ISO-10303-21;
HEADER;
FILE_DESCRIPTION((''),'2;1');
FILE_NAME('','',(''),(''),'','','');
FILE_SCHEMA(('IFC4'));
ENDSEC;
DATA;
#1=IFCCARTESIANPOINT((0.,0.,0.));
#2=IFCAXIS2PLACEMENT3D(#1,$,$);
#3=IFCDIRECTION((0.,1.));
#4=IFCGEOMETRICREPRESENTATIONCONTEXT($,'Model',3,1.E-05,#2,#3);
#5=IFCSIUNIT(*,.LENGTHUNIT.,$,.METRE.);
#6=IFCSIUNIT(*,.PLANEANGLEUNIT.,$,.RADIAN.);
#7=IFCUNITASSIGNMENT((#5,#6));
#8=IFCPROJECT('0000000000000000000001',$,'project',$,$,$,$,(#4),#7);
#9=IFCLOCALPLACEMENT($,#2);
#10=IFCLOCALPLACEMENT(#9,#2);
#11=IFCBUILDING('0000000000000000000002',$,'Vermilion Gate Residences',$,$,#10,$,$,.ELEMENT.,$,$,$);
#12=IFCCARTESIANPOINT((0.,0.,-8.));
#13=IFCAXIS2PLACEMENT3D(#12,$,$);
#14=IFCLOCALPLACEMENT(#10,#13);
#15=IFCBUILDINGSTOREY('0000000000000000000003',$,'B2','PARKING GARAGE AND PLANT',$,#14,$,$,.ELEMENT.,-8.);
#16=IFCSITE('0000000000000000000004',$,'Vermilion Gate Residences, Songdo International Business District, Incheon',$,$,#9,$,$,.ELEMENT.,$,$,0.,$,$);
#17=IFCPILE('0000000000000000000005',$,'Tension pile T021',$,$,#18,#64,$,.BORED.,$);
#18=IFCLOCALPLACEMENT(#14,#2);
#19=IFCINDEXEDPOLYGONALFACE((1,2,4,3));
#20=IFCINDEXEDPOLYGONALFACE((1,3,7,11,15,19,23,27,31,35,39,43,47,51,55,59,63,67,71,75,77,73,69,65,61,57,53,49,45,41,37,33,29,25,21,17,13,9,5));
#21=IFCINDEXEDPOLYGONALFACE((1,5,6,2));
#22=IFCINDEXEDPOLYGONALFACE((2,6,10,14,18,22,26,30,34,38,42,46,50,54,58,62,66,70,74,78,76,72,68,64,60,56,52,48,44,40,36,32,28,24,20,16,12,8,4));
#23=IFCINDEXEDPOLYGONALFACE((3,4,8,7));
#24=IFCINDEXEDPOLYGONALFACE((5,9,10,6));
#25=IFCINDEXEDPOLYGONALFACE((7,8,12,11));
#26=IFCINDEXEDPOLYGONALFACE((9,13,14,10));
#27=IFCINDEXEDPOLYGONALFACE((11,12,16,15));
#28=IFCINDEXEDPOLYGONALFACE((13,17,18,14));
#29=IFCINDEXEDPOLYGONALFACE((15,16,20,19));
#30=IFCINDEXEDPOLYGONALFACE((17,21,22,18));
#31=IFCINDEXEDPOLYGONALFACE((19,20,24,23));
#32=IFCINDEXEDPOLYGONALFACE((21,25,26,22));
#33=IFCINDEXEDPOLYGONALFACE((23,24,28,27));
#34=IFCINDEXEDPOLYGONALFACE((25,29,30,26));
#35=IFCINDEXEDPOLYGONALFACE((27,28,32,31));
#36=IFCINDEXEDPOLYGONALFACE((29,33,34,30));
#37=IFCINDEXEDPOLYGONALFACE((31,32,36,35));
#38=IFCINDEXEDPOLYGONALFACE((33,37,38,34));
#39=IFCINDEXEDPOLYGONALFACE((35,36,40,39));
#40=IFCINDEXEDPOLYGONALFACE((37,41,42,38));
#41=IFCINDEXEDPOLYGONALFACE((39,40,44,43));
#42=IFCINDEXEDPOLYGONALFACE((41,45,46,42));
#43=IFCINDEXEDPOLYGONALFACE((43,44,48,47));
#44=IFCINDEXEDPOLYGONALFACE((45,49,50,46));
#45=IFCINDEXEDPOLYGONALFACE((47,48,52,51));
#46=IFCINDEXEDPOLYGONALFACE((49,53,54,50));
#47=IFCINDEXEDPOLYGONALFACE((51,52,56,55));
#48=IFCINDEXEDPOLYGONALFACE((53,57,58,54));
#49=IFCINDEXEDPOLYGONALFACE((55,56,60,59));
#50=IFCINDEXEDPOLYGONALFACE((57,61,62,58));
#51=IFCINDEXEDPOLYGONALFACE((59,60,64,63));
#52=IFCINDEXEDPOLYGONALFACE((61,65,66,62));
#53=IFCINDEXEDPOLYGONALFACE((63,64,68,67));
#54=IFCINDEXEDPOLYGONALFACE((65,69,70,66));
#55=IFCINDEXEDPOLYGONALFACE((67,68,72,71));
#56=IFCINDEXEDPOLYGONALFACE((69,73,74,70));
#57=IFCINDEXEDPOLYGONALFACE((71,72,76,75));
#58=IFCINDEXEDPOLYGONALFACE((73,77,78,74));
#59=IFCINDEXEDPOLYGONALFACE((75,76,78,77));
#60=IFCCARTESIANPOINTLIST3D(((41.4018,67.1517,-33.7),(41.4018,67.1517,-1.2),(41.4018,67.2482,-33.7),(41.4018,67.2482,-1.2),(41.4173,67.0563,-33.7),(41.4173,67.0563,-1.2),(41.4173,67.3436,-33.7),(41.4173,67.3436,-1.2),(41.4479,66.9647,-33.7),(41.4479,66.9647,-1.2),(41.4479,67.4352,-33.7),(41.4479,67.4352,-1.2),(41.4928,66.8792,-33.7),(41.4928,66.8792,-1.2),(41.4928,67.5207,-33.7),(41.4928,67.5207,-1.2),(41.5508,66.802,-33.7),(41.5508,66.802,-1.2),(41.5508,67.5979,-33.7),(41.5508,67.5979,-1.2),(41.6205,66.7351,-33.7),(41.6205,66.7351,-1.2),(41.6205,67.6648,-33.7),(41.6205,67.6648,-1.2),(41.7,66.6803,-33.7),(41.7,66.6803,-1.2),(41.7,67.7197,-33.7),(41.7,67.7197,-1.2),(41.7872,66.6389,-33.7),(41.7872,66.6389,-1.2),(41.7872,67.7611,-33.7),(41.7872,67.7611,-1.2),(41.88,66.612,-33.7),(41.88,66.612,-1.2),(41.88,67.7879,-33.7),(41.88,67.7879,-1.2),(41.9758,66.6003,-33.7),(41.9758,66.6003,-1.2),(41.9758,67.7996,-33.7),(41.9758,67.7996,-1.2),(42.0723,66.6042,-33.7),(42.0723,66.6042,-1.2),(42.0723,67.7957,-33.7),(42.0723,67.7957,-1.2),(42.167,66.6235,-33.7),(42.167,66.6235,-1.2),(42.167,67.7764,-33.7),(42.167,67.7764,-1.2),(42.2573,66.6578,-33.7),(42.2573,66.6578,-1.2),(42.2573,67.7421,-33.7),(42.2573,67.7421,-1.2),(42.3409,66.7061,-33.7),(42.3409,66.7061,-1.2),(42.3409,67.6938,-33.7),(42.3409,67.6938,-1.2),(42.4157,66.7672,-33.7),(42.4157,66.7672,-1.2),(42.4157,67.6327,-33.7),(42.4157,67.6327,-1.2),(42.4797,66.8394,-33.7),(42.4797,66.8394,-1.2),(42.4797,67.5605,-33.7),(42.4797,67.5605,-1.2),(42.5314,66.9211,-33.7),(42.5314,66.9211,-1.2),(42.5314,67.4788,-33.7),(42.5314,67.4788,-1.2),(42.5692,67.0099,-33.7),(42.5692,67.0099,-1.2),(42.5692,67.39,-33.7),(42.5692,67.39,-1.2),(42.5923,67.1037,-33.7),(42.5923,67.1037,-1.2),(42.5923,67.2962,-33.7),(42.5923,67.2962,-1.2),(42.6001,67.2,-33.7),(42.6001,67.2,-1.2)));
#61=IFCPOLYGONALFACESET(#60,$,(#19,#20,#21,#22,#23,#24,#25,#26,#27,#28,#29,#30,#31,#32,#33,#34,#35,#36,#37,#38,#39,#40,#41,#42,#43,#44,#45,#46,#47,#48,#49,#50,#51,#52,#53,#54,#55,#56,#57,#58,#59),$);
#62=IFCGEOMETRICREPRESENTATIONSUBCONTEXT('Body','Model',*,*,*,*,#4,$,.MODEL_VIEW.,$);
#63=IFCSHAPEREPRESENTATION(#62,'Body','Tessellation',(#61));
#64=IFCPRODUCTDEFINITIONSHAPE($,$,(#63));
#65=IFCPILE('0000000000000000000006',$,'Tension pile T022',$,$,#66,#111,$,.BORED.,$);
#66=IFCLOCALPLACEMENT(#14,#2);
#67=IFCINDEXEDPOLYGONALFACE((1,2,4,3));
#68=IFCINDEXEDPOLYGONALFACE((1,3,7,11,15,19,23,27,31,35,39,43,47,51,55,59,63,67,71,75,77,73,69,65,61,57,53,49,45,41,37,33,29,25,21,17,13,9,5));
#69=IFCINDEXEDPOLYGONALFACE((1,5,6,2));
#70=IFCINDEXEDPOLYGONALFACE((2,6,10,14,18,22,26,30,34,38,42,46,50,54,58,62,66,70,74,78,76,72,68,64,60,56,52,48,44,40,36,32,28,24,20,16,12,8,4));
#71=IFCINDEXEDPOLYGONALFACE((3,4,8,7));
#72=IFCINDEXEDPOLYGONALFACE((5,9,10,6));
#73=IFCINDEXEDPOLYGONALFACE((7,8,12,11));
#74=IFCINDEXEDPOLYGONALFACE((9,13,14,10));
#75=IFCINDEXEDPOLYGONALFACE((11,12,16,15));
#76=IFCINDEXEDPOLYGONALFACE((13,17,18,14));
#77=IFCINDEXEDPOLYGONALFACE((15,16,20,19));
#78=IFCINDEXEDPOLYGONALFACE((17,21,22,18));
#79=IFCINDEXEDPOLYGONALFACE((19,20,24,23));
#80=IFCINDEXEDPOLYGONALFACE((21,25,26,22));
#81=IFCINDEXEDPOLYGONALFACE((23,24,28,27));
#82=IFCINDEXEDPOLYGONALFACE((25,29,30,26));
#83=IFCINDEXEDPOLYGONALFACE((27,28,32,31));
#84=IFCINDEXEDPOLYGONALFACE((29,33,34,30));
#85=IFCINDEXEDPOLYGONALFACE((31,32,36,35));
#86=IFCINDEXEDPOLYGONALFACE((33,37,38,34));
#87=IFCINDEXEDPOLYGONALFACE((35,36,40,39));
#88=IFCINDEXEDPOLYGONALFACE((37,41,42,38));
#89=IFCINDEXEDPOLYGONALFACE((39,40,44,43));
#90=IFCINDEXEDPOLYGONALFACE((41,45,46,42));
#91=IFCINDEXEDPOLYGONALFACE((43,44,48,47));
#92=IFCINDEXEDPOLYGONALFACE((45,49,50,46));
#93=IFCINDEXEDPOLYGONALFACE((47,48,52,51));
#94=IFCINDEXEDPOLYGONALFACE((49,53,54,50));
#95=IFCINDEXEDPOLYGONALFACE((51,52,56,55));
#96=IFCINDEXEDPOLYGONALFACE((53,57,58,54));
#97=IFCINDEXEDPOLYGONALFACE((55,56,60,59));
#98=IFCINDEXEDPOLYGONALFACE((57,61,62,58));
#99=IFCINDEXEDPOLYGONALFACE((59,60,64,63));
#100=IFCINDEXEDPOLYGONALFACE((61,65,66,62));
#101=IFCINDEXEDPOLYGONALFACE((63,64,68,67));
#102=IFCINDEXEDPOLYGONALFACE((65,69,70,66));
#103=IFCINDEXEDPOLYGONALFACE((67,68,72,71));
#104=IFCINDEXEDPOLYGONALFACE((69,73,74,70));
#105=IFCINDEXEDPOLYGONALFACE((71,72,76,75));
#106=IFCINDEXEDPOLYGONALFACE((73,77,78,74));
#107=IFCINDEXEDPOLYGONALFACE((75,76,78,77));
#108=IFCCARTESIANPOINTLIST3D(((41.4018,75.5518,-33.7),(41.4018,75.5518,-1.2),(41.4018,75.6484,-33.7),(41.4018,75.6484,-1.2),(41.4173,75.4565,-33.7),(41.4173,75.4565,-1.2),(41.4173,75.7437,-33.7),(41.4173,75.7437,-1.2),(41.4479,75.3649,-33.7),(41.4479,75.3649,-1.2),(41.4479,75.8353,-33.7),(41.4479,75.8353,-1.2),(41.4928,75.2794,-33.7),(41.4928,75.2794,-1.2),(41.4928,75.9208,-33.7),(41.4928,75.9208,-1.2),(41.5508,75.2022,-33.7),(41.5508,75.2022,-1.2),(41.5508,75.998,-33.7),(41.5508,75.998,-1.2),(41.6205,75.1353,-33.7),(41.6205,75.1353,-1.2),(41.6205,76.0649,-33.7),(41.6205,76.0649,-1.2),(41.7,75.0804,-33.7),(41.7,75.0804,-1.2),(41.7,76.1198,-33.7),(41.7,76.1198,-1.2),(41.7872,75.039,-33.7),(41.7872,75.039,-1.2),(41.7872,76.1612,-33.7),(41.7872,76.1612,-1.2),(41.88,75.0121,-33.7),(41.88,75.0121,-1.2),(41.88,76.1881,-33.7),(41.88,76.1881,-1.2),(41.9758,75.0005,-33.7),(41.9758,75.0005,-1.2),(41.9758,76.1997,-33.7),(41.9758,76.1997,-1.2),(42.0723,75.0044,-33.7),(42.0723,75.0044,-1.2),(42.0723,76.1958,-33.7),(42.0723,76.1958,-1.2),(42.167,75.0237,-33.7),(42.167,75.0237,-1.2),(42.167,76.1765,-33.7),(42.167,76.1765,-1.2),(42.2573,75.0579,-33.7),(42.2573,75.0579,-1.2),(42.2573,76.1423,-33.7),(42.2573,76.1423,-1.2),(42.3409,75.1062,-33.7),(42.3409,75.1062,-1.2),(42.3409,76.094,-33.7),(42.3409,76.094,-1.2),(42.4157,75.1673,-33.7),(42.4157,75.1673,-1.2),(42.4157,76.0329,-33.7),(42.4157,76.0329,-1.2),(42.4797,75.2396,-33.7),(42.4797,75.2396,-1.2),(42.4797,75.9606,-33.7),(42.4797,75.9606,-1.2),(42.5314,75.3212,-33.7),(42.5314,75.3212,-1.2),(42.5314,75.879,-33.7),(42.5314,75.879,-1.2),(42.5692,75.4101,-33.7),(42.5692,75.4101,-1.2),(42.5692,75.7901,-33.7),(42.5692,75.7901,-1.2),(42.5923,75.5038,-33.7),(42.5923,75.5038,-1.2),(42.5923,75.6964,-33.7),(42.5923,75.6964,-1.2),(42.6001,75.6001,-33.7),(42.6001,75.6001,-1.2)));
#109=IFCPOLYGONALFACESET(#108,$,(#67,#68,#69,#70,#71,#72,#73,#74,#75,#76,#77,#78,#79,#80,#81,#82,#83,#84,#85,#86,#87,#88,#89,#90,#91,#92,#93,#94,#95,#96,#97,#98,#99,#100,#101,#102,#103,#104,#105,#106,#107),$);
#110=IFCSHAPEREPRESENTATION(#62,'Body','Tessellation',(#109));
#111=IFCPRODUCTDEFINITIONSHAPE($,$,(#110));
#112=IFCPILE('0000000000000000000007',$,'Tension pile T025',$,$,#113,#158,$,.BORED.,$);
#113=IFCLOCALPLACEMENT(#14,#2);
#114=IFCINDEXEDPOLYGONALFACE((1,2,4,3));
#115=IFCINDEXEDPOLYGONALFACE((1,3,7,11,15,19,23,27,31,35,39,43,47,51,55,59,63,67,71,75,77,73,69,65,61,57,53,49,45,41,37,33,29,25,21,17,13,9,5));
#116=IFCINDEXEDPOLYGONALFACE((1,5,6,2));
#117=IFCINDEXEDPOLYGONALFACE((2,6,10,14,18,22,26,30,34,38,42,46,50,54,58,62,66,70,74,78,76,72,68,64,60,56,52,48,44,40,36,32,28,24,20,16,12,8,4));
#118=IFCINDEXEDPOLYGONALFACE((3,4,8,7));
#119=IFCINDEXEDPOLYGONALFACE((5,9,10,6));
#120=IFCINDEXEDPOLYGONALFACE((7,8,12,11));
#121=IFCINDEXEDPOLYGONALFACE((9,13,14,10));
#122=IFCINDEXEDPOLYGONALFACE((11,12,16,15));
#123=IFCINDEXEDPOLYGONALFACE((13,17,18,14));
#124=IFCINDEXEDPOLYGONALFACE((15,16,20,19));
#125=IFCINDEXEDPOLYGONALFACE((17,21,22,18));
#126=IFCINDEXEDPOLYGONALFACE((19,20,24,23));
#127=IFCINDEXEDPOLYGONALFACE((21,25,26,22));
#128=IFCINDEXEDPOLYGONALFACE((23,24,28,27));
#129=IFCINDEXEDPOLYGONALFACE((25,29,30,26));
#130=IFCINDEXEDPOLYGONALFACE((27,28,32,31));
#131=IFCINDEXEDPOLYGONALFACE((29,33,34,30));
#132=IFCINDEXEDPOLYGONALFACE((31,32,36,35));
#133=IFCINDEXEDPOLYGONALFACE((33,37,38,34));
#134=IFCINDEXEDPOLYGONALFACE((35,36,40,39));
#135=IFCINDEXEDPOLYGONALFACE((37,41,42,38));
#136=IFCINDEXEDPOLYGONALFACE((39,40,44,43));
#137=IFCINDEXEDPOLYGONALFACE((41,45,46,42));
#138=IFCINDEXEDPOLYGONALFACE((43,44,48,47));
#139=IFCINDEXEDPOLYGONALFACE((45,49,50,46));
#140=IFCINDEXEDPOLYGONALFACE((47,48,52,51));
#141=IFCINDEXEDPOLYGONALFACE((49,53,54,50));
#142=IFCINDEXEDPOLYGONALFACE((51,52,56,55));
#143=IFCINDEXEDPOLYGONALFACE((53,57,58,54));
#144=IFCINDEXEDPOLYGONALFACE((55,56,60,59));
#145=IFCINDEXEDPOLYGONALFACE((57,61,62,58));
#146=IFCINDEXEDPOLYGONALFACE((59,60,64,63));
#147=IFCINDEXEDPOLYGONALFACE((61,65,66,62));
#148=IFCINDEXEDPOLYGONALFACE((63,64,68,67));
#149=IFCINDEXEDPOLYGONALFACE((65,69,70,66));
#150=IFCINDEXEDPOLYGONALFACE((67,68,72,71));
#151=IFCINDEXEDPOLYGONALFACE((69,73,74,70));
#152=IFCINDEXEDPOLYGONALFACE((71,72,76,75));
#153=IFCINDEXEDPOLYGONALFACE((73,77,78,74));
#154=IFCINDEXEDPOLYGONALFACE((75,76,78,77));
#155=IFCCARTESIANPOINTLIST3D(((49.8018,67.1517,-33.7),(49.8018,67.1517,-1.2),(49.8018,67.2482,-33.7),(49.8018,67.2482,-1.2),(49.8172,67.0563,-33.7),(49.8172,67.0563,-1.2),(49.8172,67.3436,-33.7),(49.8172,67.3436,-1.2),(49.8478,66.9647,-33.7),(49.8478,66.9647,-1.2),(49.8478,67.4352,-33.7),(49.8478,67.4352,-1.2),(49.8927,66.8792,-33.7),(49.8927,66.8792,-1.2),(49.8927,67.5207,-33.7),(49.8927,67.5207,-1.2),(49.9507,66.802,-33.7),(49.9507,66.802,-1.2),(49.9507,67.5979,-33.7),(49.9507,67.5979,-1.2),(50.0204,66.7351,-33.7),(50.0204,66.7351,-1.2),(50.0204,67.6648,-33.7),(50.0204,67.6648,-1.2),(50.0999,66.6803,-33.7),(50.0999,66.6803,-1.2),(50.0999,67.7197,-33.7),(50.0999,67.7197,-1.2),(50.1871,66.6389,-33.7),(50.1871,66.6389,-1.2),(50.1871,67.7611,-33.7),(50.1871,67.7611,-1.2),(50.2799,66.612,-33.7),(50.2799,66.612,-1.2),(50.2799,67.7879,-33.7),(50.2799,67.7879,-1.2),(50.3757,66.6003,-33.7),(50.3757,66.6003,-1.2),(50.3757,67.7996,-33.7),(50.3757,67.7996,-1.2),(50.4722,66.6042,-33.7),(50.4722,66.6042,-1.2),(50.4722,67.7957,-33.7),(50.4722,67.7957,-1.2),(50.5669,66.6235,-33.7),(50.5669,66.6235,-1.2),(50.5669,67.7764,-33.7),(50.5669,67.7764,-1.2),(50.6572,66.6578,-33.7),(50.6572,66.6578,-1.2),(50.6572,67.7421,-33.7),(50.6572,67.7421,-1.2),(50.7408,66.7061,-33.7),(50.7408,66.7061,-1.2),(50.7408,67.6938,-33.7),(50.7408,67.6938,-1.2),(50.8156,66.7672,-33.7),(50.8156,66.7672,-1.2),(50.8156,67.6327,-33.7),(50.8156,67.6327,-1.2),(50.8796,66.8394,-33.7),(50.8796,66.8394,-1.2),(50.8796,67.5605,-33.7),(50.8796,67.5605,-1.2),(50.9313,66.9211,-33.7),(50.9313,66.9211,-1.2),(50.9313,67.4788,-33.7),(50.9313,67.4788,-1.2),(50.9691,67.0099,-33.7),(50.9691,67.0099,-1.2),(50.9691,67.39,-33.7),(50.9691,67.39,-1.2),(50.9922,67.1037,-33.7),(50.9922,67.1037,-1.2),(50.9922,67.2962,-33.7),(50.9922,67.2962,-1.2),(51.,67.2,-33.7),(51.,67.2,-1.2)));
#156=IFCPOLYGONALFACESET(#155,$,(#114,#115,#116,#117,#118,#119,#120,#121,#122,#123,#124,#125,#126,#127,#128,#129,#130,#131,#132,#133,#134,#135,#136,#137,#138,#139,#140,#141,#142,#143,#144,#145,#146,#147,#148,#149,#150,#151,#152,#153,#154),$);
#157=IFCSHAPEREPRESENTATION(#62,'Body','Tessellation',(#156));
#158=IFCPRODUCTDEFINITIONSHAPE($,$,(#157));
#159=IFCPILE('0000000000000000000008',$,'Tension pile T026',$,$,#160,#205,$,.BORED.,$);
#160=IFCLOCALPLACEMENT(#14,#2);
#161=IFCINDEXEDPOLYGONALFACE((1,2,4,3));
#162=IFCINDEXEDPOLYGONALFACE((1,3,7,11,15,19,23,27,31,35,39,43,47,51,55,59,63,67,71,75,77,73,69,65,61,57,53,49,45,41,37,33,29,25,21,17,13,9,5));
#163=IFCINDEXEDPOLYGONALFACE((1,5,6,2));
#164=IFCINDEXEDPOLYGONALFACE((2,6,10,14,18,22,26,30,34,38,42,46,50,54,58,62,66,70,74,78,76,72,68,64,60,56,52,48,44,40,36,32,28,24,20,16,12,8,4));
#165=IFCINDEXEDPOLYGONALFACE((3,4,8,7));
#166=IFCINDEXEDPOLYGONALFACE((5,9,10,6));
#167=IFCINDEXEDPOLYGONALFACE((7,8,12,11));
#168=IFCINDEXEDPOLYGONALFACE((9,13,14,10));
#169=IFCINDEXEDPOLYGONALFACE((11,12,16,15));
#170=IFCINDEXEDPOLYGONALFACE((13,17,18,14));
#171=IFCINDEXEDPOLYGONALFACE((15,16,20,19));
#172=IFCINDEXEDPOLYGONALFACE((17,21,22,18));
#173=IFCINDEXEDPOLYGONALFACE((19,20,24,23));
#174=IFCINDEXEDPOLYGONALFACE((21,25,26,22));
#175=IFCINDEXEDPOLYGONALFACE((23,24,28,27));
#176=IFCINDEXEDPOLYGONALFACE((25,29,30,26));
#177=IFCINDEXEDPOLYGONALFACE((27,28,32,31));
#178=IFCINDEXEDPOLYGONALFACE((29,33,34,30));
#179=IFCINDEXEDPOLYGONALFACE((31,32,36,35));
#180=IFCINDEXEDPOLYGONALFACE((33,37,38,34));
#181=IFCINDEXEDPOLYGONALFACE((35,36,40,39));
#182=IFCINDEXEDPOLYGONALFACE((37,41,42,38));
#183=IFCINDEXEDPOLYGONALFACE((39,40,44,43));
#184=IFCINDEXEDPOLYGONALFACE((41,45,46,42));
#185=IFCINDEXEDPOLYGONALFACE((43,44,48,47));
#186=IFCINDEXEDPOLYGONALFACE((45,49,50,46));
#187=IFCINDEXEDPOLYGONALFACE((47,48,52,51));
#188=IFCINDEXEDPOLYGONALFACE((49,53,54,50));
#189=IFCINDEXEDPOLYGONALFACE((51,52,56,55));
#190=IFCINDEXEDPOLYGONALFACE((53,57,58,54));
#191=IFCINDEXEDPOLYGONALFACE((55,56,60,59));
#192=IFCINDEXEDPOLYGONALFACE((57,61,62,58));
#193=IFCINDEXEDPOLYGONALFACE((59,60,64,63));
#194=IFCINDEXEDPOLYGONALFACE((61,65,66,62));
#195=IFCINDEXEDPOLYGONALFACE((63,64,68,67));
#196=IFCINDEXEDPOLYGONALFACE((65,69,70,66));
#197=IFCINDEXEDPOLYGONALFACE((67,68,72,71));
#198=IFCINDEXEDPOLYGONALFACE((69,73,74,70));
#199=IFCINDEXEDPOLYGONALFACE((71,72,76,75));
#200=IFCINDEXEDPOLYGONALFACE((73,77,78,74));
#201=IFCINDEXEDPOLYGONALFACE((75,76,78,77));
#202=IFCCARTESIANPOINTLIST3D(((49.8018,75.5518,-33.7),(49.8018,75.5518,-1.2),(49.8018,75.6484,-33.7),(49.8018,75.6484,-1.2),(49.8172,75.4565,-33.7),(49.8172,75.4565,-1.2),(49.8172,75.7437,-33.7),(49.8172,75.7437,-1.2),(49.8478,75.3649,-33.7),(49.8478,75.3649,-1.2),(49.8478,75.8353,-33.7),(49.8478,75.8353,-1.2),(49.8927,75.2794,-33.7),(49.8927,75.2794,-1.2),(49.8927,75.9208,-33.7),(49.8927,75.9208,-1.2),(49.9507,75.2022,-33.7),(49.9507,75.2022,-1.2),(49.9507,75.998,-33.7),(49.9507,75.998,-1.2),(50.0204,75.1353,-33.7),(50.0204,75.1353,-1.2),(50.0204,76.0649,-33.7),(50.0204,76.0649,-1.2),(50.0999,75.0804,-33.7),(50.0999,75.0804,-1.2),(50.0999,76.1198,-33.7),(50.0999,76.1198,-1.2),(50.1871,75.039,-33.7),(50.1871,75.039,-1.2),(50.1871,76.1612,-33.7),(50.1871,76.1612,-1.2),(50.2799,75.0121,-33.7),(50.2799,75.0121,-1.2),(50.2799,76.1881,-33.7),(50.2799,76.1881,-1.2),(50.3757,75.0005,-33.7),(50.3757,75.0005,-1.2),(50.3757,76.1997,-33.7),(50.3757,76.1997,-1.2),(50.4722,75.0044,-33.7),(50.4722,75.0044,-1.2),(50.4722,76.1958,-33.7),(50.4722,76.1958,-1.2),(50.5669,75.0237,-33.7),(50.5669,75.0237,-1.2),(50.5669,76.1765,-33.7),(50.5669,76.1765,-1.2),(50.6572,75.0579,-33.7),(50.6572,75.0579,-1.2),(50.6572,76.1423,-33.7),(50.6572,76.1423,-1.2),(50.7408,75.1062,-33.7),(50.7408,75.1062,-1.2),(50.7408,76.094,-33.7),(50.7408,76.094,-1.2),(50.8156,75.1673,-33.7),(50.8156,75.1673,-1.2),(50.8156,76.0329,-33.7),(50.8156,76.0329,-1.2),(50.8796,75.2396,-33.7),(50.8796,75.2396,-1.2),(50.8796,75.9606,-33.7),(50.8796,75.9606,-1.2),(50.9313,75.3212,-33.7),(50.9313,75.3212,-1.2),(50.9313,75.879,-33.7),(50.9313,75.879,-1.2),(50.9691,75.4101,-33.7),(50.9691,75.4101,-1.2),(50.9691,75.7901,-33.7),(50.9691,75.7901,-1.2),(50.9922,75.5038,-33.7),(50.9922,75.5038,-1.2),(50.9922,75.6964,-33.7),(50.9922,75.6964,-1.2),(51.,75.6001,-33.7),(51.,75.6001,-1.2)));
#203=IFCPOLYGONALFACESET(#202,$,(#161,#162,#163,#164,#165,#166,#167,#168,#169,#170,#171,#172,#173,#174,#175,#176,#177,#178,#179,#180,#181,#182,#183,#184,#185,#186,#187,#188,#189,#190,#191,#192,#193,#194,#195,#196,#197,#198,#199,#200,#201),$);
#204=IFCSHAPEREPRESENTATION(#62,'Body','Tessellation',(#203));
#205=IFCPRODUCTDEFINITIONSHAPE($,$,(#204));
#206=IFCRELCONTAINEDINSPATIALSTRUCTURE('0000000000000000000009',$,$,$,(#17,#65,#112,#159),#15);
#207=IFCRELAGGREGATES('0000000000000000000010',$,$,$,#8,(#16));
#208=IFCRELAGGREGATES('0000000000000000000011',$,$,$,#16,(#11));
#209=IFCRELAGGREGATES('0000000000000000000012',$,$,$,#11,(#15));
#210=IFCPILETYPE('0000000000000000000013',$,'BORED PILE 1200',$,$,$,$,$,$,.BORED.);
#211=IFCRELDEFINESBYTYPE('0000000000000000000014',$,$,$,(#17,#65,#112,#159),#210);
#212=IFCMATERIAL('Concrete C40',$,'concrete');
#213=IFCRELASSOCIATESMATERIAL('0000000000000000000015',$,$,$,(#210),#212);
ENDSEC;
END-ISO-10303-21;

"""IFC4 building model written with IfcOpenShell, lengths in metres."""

from ifc_helpers import new_model, si_unit, direction, frame, origin, origin_2d, place, context, subcontext, project, spatial, circle, extrude, material, material_profile, profile_set, type_object, element, save


model = new_model("IFC4")

# Units and contexts
model_context = context("Model", 3, precision=1e-05, world=origin(), true_north=direction((0.0, 1.0)))
body_context = subcontext(model_context, "Body", "Model", "MODEL_VIEW")
ifc_project = project(units=[si_unit("LENGTHUNIT", "METRE"), si_unit("PLANEANGLEUNIT", "RADIAN")], contexts=[model_context])

# Site, building, storey
site_placement = place(None, origin())
site = spatial("IfcSite", under=ifc_project, at=site_placement, Name="Vermilion Gate Residences, Songdo International Business District, Incheon", CompositionType="ELEMENT", RefElevation=0.0)
building_placement = place(site_placement, origin())
building = spatial("IfcBuilding", under=site, at=building_placement, Name="Vermilion Gate Residences", CompositionType="ELEMENT")
storey_placement = place(building_placement, frame((0.0, 0.0, -8.0)))
storey = spatial("IfcBuildingStorey", under=building, at=storey_placement, Name="B2", Description="PARKING GARAGE AND PLANT", CompositionType="ELEMENT", Elevation=-8.0)

# Piles
ifc_material_1 = material(Name="Concrete C40", Category="concrete")
ifc_material_profile_1 = material_profile(ifc_material_1, circle(Radius=0.6001, at=origin_2d()), Name="BORED PILE 1200")
ifc_profile_set_1 = profile_set([ifc_material_profile_1], Name="Concrete C40")
pile_type = type_object("IfcPileType", Name="BORED PILE 1200", PredefinedType="BORED", material=ifc_profile_set_1)
for number, where, z_axis, x_axis, name in (
    (1, (42.0, 67.2, -1.2), (0.0, 0.0, -1.0), (1.0, 0.0, 0.0), "Tension pile T021"),
    (2, (42.0, 75.6001, -1.2), (0.0, 0.0, -1.0), (1.0, 0.0, 0.0), "Tension pile T022"),
    (3, (50.3999, 67.2, -1.2), (0.0, 0.0, -1.0), (1.0, 0.0, 0.0), "Tension pile T025"),
    (4, (50.3999, 75.6001, -1.2), (0.0, 0.0, -1.0), (1.0, 0.0, 0.0), "Tension pile T026"),
):
    element("IfcPile", number, at=place(storey_placement, frame(where, z_axis=z_axis, x_axis=x_axis)), inside=storey, type_object=pile_type, Name=name, PredefinedType="BORED", context=body_context, shape_type="SweptSolid", body=[
        extrude(circle(Radius=0.6001, at=origin_2d()), origin(), (0.0, 0.0, 1.0), 32.5),
    ])

save(model, "model.ifc")
